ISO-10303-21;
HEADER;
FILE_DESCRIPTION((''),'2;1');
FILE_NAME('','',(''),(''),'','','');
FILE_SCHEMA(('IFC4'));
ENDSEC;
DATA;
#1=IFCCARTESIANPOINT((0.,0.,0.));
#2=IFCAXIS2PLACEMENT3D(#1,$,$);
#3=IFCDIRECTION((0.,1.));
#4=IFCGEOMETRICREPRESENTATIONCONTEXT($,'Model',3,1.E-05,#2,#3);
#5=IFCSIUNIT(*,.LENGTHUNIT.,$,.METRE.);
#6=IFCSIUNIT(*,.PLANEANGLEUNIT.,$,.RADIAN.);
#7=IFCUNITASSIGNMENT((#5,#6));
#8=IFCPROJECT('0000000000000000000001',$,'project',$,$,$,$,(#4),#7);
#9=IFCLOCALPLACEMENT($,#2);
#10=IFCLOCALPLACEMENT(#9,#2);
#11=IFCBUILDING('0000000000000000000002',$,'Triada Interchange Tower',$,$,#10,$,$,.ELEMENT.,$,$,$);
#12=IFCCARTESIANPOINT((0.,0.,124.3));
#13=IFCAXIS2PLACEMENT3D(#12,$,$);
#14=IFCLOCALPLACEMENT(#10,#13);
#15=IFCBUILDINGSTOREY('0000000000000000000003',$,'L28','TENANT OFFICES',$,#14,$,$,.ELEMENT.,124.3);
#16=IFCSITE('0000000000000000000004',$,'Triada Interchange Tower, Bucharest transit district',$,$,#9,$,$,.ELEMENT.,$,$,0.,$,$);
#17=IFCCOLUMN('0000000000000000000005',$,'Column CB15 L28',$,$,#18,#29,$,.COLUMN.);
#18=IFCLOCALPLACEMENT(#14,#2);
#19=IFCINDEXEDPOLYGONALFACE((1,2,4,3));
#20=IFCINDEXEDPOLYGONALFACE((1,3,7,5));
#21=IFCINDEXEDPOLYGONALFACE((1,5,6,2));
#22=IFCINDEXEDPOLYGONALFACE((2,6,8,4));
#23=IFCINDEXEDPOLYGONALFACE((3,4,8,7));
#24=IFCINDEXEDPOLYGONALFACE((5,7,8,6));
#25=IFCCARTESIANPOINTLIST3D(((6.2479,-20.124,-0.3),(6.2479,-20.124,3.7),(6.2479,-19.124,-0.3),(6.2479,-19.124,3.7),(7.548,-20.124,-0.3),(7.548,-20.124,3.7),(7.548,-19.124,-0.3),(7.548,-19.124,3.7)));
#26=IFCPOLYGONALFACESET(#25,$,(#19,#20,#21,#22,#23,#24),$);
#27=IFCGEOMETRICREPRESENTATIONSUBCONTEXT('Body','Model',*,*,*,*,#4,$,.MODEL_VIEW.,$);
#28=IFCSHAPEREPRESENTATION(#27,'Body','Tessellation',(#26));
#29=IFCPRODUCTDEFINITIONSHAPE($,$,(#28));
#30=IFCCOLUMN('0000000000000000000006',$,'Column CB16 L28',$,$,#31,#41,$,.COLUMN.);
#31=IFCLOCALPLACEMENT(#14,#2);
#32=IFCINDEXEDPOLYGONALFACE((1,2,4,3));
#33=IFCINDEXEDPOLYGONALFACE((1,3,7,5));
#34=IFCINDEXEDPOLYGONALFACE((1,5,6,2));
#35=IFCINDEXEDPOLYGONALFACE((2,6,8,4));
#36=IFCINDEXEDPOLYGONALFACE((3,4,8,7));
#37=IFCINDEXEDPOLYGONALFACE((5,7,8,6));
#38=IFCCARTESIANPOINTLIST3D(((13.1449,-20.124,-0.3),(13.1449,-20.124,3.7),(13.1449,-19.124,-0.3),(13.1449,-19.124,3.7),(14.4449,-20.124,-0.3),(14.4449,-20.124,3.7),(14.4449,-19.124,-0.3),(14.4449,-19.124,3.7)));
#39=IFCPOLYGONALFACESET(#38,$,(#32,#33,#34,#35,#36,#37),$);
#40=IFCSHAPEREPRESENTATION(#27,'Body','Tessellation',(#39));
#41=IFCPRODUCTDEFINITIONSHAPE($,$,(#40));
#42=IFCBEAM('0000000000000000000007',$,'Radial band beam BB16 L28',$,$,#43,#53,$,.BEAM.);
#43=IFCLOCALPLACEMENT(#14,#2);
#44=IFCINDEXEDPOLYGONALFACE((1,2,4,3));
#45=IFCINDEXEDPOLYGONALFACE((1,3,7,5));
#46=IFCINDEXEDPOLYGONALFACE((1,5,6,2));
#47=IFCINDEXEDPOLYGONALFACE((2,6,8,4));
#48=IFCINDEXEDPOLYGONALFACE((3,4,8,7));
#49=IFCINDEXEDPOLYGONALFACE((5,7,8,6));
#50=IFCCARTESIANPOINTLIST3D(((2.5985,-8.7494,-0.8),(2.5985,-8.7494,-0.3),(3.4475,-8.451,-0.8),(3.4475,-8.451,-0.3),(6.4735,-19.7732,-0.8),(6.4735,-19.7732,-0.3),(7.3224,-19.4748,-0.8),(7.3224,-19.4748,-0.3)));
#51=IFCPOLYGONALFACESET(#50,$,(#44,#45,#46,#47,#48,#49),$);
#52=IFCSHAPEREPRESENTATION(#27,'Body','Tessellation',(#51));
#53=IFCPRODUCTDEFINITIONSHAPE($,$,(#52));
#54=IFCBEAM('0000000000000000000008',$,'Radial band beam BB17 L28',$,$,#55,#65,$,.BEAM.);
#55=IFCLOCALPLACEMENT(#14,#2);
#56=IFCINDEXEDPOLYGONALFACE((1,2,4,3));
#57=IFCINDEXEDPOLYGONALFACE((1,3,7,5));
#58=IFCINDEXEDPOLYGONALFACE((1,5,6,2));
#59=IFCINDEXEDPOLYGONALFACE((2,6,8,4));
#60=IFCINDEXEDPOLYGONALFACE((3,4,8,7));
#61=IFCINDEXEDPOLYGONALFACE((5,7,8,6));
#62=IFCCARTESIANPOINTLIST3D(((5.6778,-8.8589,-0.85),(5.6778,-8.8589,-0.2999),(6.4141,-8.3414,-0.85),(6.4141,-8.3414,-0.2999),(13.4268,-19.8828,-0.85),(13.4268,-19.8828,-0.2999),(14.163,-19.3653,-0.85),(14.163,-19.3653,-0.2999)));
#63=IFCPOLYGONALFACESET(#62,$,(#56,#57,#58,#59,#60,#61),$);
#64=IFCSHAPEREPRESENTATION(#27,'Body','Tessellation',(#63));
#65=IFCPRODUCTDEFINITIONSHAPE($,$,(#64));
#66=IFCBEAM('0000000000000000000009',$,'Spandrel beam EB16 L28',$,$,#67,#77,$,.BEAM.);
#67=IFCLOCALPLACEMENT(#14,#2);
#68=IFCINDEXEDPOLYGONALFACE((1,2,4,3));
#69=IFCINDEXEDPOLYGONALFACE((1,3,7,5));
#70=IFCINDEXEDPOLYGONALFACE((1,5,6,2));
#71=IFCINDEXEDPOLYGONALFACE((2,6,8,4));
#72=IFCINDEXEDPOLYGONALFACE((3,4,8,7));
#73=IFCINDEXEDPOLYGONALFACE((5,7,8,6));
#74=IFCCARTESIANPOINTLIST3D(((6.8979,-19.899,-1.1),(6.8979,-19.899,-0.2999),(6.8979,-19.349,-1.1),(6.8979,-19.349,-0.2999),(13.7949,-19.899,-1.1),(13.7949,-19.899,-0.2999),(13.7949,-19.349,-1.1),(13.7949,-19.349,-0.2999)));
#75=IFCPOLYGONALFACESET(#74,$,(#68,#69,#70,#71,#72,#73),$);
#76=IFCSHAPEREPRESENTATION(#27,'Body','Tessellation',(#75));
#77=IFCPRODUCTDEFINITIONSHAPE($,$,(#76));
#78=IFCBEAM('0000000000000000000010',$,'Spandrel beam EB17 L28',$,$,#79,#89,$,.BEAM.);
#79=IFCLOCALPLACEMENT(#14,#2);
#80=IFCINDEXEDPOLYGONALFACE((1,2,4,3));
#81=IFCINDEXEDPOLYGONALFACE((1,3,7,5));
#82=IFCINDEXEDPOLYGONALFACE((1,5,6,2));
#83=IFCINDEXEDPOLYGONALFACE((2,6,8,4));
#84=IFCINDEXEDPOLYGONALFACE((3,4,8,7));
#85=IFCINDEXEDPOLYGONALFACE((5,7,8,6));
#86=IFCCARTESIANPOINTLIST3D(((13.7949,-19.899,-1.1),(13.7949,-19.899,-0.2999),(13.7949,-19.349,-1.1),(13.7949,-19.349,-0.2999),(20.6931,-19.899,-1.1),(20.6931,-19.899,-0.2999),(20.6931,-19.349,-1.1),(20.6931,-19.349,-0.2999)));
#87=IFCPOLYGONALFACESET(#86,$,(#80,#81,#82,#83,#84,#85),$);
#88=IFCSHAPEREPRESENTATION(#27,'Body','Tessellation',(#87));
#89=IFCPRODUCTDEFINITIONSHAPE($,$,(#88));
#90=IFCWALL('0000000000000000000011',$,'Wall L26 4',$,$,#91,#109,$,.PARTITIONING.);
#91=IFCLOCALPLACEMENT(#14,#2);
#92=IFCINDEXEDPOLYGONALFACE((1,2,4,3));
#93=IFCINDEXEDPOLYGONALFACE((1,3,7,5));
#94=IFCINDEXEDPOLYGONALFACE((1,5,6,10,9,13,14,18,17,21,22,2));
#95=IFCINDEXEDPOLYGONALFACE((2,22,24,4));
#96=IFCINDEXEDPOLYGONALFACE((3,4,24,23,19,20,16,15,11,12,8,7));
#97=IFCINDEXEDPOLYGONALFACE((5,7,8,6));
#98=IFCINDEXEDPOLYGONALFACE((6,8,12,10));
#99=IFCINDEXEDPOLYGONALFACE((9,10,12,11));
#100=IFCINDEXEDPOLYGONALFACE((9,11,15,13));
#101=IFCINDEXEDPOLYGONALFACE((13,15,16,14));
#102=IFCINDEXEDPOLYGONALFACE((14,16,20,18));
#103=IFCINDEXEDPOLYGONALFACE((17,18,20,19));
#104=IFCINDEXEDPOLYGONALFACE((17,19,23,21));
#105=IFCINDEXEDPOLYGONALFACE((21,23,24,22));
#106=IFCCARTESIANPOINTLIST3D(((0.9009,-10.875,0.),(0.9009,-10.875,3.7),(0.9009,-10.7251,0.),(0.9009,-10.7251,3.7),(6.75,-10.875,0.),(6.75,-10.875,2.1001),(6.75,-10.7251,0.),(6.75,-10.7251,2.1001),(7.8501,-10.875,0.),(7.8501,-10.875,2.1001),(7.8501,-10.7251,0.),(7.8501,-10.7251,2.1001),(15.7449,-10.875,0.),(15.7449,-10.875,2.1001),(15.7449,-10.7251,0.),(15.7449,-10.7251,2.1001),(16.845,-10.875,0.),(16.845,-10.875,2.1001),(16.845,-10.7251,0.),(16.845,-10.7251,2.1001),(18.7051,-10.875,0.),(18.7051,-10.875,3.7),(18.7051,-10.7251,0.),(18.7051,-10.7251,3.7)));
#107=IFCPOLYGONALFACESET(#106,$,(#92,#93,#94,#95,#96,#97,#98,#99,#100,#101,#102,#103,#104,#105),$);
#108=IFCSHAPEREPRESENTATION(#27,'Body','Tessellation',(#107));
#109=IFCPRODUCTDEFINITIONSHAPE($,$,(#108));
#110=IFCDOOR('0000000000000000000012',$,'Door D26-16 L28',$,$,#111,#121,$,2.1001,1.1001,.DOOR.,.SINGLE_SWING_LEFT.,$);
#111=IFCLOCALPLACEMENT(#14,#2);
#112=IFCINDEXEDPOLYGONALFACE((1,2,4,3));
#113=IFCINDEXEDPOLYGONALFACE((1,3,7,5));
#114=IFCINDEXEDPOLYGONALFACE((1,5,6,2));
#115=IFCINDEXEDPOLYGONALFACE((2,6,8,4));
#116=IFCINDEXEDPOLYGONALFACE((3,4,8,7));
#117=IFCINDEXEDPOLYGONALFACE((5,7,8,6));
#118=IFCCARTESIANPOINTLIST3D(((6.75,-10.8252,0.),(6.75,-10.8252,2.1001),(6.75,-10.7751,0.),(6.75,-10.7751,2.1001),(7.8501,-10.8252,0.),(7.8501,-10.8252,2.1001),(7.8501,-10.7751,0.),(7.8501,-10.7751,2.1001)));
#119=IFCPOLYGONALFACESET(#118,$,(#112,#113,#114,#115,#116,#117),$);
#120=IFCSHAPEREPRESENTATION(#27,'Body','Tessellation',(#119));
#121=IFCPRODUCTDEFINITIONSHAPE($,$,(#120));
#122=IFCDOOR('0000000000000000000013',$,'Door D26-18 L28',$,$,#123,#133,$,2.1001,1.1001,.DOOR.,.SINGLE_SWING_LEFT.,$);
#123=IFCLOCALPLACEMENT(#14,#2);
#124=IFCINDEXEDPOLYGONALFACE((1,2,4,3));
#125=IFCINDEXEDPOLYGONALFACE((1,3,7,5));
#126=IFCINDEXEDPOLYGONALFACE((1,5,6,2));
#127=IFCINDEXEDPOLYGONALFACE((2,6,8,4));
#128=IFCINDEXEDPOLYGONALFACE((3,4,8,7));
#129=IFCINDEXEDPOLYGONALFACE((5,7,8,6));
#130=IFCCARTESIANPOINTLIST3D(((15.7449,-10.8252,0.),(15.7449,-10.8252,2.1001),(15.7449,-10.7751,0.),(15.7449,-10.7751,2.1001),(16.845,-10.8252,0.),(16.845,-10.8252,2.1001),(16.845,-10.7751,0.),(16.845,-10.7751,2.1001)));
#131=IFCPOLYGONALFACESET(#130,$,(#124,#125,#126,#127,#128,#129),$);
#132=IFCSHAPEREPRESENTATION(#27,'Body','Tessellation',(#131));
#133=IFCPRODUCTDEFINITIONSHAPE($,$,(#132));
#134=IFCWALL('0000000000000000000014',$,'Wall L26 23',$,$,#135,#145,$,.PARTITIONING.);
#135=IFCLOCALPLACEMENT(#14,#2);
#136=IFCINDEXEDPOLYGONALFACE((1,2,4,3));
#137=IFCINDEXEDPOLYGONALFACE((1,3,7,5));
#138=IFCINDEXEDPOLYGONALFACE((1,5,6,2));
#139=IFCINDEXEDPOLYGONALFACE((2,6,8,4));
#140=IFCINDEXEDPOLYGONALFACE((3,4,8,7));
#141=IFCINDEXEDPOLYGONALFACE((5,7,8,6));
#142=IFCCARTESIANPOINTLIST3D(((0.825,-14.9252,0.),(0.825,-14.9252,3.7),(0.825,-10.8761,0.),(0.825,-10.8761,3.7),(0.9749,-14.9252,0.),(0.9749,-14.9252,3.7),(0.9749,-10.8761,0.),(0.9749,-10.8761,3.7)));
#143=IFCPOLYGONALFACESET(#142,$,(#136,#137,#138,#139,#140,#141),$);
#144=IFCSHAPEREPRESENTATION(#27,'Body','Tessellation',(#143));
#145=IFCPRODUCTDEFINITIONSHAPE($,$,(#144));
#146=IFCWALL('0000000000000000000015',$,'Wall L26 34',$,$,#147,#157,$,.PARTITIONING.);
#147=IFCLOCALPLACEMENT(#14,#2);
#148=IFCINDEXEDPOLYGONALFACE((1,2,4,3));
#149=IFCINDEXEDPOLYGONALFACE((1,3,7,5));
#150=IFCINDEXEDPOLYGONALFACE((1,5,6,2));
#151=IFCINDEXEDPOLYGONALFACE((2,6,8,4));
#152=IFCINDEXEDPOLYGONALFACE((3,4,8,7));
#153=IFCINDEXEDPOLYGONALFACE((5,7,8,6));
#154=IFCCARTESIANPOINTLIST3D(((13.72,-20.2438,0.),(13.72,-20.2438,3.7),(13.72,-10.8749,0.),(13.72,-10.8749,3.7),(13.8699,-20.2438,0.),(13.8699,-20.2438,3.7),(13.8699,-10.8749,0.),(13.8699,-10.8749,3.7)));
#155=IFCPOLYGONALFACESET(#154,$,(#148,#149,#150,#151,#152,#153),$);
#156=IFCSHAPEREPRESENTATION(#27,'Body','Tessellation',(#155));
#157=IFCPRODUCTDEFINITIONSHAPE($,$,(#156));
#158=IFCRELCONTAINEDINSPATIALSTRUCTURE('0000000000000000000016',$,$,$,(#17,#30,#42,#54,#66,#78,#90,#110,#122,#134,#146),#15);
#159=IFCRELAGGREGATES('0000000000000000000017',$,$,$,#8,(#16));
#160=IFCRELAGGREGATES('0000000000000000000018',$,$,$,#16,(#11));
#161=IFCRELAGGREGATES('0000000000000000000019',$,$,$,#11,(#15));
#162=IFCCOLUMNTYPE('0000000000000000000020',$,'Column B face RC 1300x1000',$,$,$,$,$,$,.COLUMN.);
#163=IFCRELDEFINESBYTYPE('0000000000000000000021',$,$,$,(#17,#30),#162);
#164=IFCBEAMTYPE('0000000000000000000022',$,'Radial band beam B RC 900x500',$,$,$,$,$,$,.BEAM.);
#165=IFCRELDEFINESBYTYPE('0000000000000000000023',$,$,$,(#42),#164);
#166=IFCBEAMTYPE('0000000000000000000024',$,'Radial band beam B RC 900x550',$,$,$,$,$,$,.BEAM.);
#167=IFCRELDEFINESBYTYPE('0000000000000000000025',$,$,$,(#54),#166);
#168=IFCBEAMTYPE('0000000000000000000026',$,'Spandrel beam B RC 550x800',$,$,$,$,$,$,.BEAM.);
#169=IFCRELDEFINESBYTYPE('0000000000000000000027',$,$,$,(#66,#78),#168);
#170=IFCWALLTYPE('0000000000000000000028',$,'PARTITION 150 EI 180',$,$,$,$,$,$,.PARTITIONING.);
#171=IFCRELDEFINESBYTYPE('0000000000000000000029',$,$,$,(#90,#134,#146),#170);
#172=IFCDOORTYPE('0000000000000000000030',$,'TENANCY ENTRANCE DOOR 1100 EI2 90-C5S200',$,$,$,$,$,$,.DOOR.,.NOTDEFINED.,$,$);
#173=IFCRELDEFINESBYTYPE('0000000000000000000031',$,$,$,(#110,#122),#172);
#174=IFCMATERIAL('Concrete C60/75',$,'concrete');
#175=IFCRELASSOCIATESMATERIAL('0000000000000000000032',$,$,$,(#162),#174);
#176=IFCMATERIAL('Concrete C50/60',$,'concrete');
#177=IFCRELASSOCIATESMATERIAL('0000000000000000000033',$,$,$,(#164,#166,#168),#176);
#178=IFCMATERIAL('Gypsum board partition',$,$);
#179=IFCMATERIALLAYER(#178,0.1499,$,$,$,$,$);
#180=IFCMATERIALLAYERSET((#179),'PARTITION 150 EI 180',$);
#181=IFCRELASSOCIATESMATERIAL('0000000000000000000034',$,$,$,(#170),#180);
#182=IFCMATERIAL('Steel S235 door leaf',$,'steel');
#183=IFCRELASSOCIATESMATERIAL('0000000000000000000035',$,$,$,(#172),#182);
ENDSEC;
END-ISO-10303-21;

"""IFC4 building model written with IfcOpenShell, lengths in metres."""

from ifc_helpers import new_model, si_unit, direction, frame, frame_2d, origin, origin_2d, place, context, subcontext, project, spatial, rectangle, extrude, material, layer, layer_set, material_profile, profile_set, type_object, element, fill, save


model = new_model("IFC4")

# Units and contexts
model_context = context("Model", 3, precision=1e-05, world=origin(), true_north=direction((0.0, 1.0)))
body_context = subcontext(model_context, "Body", "Model", "MODEL_VIEW")
ifc_project = project(units=[si_unit("LENGTHUNIT", "METRE"), si_unit("PLANEANGLEUNIT", "RADIAN")], contexts=[model_context])

# Site, building, storey
site_placement = place(None, origin())
site = spatial("IfcSite", under=ifc_project, at=site_placement, Name="Triada Interchange Tower, Bucharest transit district", CompositionType="ELEMENT", RefElevation=0.0)
building_placement = place(site_placement, origin())
building = spatial("IfcBuilding", under=site, at=building_placement, Name="Triada Interchange Tower", CompositionType="ELEMENT")
storey_placement = place(building_placement, frame((0.0, 0.0, 124.3)))
storey = spatial("IfcBuildingStorey", under=building, at=storey_placement, Name="L28", Description="TENANT OFFICES", CompositionType="ELEMENT", Elevation=124.3)

# Columns
ifc_material_1 = material(Name="Concrete C60/75", Category="concrete")
ifc_material_profile_1 = material_profile(ifc_material_1, rectangle(XDim=1.3, YDim=1.0, at=origin_2d()), Name="RC 1300x1000")
ifc_profile_set_1 = profile_set([ifc_material_profile_1], Name="Concrete C60/75")
column_type = type_object("IfcColumnType", Name="Column B face RC 1300x1000", PredefinedType="COLUMN", material=ifc_profile_set_1)
for number, where, z_axis, x_axis, name in (
    (1, (6.8979, -19.624, -0.3), (0.0, 0.0, 1.0), (1.0, 0.0, 0.0), "Column CB15 L28"),
    (2, (13.7949, -19.624, -0.3), (0.0, 0.0, 1.0), (1.0, 0.0, 0.0), "Column CB16 L28"),
):
    element("IfcColumn", number, at=place(storey_placement, frame(where, z_axis=z_axis, x_axis=x_axis)), inside=storey, type_object=column_type, Name=name, PredefinedType="COLUMN", context=body_context, shape_type="SweptSolid", body=[
        extrude(rectangle(XDim=1.3, YDim=1.0, at=origin_2d()), origin(), (0.0, 0.0, 1.0), 4.0),
    ])

# Beams
ifc_material_2 = material(Name="Concrete C50/60", Category="concrete")
ifc_material_profile_2 = material_profile(ifc_material_2, rectangle(XDim=0.8999, YDim=0.5, at=origin_2d()), Name="RC 900x500")
ifc_profile_set_2 = profile_set([ifc_material_profile_2], Name="Concrete C50/60")
beam_type_1 = type_object("IfcBeamType", Name="Radial band beam B RC 900x500", PredefinedType="BEAM", material=ifc_profile_set_2)
beam_1_placement = place(storey_placement, frame((6.8979, -19.624, -0.55), z_axis=(-0.331618, 0.943414, 0.0), x_axis=(-0.943414, -0.331618, 0.0)))
element("IfcBeam", 3, at=beam_1_placement, inside=storey, type_object=beam_type_1, Name="Radial band beam BB16 L28", PredefinedType="BEAM", context=body_context, shape_type="SweptSolid", body=[
    extrude(rectangle(XDim=0.8999, YDim=0.5, at=origin_2d()), origin(), (0.0, 0.0, 1.0), 11.6851),
])
ifc_material_profile_3 = material_profile(ifc_material_2, rectangle(XDim=0.8999, YDim=0.55, at=origin_2d()), Name="RC 900x550")
ifc_profile_set_3 = profile_set([ifc_material_profile_3], Name="Concrete C50/60")
beam_type_2 = type_object("IfcBeamType", Name="Radial band beam B RC 900x550", PredefinedType="BEAM", material=ifc_profile_set_3)
beam_2_placement = place(storey_placement, frame((13.7949, -19.624, -0.575), z_axis=(-0.575069, 0.818105, 0.0), x_axis=(-0.818105, -0.575069, 0.0)))
element("IfcBeam", 4, at=beam_2_placement, inside=storey, type_object=beam_type_2, Name="Radial band beam BB17 L28", PredefinedType="BEAM", context=body_context, shape_type="SweptSolid", body=[
    extrude(rectangle(XDim=0.8999, YDim=0.55, at=origin_2d()), origin(), (0.0, 0.0, 1.0), 13.4749),
])
ifc_material_profile_4 = material_profile(ifc_material_2, rectangle(XDim=0.55, YDim=0.8, at=origin_2d()), Name="RC 550x800")
ifc_profile_set_4 = profile_set([ifc_material_profile_4], Name="Concrete C50/60")
beam_type_3 = type_object("IfcBeamType", Name="Spandrel beam B RC 550x800", PredefinedType="BEAM", material=ifc_profile_set_4)
beam_3_placement = place(storey_placement, frame((6.8979, -19.624, -0.7), z_axis=(1.0, 0.0, 0.0), x_axis=(0.0, 1.0, 0.0)))
element("IfcBeam", 5, at=beam_3_placement, inside=storey, type_object=beam_type_3, Name="Spandrel beam EB16 L28", PredefinedType="BEAM", context=body_context, shape_type="SweptSolid", body=[
    extrude(rectangle(XDim=0.55, YDim=0.8, at=origin_2d()), origin(), (0.0, 0.0, 1.0), 6.897),
])
beam_4_placement = place(storey_placement, frame((13.7949, -19.624, -0.7), z_axis=(1.0, 0.0, 0.0), x_axis=(0.0, 1.0, 0.0)))
element("IfcBeam", 6, at=beam_4_placement, inside=storey, type_object=beam_type_3, Name="Spandrel beam EB17 L28", PredefinedType="BEAM", context=body_context, shape_type="SweptSolid", body=[
    extrude(rectangle(XDim=0.55, YDim=0.8, at=origin_2d()), origin(), (0.0, 0.0, 1.0), 6.8982),
])

# Wall, openings, doors
ifc_material_3 = material(Name="Gypsum board partition")
ifc_layer_1 = layer(ifc_material_3, 0.1499)
ifc_layer_set_1 = layer_set([ifc_layer_1], Name="PARTITION 150 EI 180")
wall_type_1 = type_object("IfcWallType", Name="PARTITION 150 EI 180", PredefinedType="PARTITIONING", material=ifc_layer_set_1)
wall_1_placement = place(storey_placement, frame((0.9009, -10.8, 0.0), z_axis=(0.0, 0.0, 1.0), x_axis=(1.0, 0.0, 0.0)))
wall_1 = element("IfcWall", 7, at=wall_1_placement, inside=storey, type_object=wall_type_1, Name="Wall L26 4", PredefinedType="PARTITIONING", context=body_context, shape_type="SweptSolid", body=[
    extrude(rectangle(XDim=17.8042, YDim=0.1499, at=frame_2d((8.9021, 0.0))), origin(), (0.0, 0.0, 1.0), 3.7),
])
opening_1_placement = place(wall_1_placement, frame((5.8491, 0.0, 0.0)))
opening_1 = element("IfcOpeningElement", 8, at=opening_1_placement, cuts=wall_1, PredefinedType="OPENING", context=body_context, shape_type="SweptSolid", body=[
    extrude(rectangle(XDim=1.1001, YDim=2.1001, at=frame_2d((0.55, 1.05))), frame((0.0, 0.085, 0.0), z_axis=(0.0, -1.0, 0.0), x_axis=(1.0, 0.0, 0.0)), (0.0, 0.0, 1.0), 0.1699),
])
opening_2_placement = place(wall_1_placement, frame((14.844, 0.0, 0.0)))
opening_2 = element("IfcOpeningElement", 9, at=opening_2_placement, cuts=wall_1, PredefinedType="OPENING", context=body_context, shape_type="SweptSolid", body=[
    extrude(rectangle(XDim=1.1001, YDim=2.1001, at=frame_2d((0.55, 1.05))), frame((0.0, 0.085, 0.0), z_axis=(0.0, -1.0, 0.0), x_axis=(1.0, 0.0, 0.0)), (0.0, 0.0, 1.0), 0.1699),
])
ifc_material_4 = material(Name="Steel S235 door leaf", Category="steel")
door_type_1 = type_object("IfcDoorType", Name="TENANCY ENTRANCE DOOR 1100 EI2 90-C5S200", OperationType="NOTDEFINED", PredefinedType="DOOR", material=ifc_material_4)
door_1_placement = place(opening_1_placement, origin())
door_1 = element("IfcDoor", 10, at=door_1_placement, inside=storey, type_object=door_type_1, Name="Door D26-16 L28", OperationType="SINGLE_SWING_LEFT", OverallHeight=2.1001, OverallWidth=1.1001, PredefinedType="DOOR", context=body_context, shape_type="SweptSolid", body=[
    extrude(rectangle(XDim=1.1001, YDim=2.1001, at=frame_2d((0.55, 1.05))), frame((0.0, 0.0249, 0.0), z_axis=(0.0, -1.0, 0.0), x_axis=(1.0, 0.0, 0.0)), (0.0, 0.0, 1.0), 0.05),
])
fill(opening_1, door_1)
door_2_placement = place(opening_2_placement, origin())
door_2 = element("IfcDoor", 11, at=door_2_placement, inside=storey, type_object=door_type_1, Name="Door D26-18 L28", OperationType="SINGLE_SWING_LEFT", OverallHeight=2.1001, OverallWidth=1.1001, PredefinedType="DOOR", context=body_context, shape_type="SweptSolid", body=[
    extrude(rectangle(XDim=1.1001, YDim=2.1001, at=frame_2d((0.55, 1.05))), frame((0.0, 0.0249, 0.0), z_axis=(0.0, -1.0, 0.0), x_axis=(1.0, 0.0, 0.0)), (0.0, 0.0, 1.0), 0.05),
])
fill(opening_2, door_2)

# Walls
wall_2_placement = place(storey_placement, frame((0.8999, -14.925, 0.0), z_axis=(0.0, 0.0, 1.0), x_axis=(0.0, 1.0, 0.0)))
element("IfcWall", 12, at=wall_2_placement, inside=storey, type_object=wall_type_1, Name="Wall L26 23", PredefinedType="PARTITIONING", context=body_context, shape_type="SweptSolid", body=[
    extrude(rectangle(XDim=4.0491, YDim=0.1499, at=frame_2d((2.0244, 0.0))), origin(), (0.0, 0.0, 1.0), 3.7),
])
wall_3_placement = place(storey_placement, frame((13.7949, -20.2439, 0.0), z_axis=(0.0, 0.0, 1.0), x_axis=(0.0, 1.0, 0.0)))
element("IfcWall", 13, at=wall_3_placement, inside=storey, type_object=wall_type_1, Name="Wall L26 34", PredefinedType="PARTITIONING", context=body_context, shape_type="SweptSolid", body=[
    extrude(rectangle(XDim=9.3689, YDim=0.1499, at=frame_2d((4.6846, 0.0))), origin(), (0.0, 0.0, 1.0), 3.7),
])

save(model, "model.ifc")
